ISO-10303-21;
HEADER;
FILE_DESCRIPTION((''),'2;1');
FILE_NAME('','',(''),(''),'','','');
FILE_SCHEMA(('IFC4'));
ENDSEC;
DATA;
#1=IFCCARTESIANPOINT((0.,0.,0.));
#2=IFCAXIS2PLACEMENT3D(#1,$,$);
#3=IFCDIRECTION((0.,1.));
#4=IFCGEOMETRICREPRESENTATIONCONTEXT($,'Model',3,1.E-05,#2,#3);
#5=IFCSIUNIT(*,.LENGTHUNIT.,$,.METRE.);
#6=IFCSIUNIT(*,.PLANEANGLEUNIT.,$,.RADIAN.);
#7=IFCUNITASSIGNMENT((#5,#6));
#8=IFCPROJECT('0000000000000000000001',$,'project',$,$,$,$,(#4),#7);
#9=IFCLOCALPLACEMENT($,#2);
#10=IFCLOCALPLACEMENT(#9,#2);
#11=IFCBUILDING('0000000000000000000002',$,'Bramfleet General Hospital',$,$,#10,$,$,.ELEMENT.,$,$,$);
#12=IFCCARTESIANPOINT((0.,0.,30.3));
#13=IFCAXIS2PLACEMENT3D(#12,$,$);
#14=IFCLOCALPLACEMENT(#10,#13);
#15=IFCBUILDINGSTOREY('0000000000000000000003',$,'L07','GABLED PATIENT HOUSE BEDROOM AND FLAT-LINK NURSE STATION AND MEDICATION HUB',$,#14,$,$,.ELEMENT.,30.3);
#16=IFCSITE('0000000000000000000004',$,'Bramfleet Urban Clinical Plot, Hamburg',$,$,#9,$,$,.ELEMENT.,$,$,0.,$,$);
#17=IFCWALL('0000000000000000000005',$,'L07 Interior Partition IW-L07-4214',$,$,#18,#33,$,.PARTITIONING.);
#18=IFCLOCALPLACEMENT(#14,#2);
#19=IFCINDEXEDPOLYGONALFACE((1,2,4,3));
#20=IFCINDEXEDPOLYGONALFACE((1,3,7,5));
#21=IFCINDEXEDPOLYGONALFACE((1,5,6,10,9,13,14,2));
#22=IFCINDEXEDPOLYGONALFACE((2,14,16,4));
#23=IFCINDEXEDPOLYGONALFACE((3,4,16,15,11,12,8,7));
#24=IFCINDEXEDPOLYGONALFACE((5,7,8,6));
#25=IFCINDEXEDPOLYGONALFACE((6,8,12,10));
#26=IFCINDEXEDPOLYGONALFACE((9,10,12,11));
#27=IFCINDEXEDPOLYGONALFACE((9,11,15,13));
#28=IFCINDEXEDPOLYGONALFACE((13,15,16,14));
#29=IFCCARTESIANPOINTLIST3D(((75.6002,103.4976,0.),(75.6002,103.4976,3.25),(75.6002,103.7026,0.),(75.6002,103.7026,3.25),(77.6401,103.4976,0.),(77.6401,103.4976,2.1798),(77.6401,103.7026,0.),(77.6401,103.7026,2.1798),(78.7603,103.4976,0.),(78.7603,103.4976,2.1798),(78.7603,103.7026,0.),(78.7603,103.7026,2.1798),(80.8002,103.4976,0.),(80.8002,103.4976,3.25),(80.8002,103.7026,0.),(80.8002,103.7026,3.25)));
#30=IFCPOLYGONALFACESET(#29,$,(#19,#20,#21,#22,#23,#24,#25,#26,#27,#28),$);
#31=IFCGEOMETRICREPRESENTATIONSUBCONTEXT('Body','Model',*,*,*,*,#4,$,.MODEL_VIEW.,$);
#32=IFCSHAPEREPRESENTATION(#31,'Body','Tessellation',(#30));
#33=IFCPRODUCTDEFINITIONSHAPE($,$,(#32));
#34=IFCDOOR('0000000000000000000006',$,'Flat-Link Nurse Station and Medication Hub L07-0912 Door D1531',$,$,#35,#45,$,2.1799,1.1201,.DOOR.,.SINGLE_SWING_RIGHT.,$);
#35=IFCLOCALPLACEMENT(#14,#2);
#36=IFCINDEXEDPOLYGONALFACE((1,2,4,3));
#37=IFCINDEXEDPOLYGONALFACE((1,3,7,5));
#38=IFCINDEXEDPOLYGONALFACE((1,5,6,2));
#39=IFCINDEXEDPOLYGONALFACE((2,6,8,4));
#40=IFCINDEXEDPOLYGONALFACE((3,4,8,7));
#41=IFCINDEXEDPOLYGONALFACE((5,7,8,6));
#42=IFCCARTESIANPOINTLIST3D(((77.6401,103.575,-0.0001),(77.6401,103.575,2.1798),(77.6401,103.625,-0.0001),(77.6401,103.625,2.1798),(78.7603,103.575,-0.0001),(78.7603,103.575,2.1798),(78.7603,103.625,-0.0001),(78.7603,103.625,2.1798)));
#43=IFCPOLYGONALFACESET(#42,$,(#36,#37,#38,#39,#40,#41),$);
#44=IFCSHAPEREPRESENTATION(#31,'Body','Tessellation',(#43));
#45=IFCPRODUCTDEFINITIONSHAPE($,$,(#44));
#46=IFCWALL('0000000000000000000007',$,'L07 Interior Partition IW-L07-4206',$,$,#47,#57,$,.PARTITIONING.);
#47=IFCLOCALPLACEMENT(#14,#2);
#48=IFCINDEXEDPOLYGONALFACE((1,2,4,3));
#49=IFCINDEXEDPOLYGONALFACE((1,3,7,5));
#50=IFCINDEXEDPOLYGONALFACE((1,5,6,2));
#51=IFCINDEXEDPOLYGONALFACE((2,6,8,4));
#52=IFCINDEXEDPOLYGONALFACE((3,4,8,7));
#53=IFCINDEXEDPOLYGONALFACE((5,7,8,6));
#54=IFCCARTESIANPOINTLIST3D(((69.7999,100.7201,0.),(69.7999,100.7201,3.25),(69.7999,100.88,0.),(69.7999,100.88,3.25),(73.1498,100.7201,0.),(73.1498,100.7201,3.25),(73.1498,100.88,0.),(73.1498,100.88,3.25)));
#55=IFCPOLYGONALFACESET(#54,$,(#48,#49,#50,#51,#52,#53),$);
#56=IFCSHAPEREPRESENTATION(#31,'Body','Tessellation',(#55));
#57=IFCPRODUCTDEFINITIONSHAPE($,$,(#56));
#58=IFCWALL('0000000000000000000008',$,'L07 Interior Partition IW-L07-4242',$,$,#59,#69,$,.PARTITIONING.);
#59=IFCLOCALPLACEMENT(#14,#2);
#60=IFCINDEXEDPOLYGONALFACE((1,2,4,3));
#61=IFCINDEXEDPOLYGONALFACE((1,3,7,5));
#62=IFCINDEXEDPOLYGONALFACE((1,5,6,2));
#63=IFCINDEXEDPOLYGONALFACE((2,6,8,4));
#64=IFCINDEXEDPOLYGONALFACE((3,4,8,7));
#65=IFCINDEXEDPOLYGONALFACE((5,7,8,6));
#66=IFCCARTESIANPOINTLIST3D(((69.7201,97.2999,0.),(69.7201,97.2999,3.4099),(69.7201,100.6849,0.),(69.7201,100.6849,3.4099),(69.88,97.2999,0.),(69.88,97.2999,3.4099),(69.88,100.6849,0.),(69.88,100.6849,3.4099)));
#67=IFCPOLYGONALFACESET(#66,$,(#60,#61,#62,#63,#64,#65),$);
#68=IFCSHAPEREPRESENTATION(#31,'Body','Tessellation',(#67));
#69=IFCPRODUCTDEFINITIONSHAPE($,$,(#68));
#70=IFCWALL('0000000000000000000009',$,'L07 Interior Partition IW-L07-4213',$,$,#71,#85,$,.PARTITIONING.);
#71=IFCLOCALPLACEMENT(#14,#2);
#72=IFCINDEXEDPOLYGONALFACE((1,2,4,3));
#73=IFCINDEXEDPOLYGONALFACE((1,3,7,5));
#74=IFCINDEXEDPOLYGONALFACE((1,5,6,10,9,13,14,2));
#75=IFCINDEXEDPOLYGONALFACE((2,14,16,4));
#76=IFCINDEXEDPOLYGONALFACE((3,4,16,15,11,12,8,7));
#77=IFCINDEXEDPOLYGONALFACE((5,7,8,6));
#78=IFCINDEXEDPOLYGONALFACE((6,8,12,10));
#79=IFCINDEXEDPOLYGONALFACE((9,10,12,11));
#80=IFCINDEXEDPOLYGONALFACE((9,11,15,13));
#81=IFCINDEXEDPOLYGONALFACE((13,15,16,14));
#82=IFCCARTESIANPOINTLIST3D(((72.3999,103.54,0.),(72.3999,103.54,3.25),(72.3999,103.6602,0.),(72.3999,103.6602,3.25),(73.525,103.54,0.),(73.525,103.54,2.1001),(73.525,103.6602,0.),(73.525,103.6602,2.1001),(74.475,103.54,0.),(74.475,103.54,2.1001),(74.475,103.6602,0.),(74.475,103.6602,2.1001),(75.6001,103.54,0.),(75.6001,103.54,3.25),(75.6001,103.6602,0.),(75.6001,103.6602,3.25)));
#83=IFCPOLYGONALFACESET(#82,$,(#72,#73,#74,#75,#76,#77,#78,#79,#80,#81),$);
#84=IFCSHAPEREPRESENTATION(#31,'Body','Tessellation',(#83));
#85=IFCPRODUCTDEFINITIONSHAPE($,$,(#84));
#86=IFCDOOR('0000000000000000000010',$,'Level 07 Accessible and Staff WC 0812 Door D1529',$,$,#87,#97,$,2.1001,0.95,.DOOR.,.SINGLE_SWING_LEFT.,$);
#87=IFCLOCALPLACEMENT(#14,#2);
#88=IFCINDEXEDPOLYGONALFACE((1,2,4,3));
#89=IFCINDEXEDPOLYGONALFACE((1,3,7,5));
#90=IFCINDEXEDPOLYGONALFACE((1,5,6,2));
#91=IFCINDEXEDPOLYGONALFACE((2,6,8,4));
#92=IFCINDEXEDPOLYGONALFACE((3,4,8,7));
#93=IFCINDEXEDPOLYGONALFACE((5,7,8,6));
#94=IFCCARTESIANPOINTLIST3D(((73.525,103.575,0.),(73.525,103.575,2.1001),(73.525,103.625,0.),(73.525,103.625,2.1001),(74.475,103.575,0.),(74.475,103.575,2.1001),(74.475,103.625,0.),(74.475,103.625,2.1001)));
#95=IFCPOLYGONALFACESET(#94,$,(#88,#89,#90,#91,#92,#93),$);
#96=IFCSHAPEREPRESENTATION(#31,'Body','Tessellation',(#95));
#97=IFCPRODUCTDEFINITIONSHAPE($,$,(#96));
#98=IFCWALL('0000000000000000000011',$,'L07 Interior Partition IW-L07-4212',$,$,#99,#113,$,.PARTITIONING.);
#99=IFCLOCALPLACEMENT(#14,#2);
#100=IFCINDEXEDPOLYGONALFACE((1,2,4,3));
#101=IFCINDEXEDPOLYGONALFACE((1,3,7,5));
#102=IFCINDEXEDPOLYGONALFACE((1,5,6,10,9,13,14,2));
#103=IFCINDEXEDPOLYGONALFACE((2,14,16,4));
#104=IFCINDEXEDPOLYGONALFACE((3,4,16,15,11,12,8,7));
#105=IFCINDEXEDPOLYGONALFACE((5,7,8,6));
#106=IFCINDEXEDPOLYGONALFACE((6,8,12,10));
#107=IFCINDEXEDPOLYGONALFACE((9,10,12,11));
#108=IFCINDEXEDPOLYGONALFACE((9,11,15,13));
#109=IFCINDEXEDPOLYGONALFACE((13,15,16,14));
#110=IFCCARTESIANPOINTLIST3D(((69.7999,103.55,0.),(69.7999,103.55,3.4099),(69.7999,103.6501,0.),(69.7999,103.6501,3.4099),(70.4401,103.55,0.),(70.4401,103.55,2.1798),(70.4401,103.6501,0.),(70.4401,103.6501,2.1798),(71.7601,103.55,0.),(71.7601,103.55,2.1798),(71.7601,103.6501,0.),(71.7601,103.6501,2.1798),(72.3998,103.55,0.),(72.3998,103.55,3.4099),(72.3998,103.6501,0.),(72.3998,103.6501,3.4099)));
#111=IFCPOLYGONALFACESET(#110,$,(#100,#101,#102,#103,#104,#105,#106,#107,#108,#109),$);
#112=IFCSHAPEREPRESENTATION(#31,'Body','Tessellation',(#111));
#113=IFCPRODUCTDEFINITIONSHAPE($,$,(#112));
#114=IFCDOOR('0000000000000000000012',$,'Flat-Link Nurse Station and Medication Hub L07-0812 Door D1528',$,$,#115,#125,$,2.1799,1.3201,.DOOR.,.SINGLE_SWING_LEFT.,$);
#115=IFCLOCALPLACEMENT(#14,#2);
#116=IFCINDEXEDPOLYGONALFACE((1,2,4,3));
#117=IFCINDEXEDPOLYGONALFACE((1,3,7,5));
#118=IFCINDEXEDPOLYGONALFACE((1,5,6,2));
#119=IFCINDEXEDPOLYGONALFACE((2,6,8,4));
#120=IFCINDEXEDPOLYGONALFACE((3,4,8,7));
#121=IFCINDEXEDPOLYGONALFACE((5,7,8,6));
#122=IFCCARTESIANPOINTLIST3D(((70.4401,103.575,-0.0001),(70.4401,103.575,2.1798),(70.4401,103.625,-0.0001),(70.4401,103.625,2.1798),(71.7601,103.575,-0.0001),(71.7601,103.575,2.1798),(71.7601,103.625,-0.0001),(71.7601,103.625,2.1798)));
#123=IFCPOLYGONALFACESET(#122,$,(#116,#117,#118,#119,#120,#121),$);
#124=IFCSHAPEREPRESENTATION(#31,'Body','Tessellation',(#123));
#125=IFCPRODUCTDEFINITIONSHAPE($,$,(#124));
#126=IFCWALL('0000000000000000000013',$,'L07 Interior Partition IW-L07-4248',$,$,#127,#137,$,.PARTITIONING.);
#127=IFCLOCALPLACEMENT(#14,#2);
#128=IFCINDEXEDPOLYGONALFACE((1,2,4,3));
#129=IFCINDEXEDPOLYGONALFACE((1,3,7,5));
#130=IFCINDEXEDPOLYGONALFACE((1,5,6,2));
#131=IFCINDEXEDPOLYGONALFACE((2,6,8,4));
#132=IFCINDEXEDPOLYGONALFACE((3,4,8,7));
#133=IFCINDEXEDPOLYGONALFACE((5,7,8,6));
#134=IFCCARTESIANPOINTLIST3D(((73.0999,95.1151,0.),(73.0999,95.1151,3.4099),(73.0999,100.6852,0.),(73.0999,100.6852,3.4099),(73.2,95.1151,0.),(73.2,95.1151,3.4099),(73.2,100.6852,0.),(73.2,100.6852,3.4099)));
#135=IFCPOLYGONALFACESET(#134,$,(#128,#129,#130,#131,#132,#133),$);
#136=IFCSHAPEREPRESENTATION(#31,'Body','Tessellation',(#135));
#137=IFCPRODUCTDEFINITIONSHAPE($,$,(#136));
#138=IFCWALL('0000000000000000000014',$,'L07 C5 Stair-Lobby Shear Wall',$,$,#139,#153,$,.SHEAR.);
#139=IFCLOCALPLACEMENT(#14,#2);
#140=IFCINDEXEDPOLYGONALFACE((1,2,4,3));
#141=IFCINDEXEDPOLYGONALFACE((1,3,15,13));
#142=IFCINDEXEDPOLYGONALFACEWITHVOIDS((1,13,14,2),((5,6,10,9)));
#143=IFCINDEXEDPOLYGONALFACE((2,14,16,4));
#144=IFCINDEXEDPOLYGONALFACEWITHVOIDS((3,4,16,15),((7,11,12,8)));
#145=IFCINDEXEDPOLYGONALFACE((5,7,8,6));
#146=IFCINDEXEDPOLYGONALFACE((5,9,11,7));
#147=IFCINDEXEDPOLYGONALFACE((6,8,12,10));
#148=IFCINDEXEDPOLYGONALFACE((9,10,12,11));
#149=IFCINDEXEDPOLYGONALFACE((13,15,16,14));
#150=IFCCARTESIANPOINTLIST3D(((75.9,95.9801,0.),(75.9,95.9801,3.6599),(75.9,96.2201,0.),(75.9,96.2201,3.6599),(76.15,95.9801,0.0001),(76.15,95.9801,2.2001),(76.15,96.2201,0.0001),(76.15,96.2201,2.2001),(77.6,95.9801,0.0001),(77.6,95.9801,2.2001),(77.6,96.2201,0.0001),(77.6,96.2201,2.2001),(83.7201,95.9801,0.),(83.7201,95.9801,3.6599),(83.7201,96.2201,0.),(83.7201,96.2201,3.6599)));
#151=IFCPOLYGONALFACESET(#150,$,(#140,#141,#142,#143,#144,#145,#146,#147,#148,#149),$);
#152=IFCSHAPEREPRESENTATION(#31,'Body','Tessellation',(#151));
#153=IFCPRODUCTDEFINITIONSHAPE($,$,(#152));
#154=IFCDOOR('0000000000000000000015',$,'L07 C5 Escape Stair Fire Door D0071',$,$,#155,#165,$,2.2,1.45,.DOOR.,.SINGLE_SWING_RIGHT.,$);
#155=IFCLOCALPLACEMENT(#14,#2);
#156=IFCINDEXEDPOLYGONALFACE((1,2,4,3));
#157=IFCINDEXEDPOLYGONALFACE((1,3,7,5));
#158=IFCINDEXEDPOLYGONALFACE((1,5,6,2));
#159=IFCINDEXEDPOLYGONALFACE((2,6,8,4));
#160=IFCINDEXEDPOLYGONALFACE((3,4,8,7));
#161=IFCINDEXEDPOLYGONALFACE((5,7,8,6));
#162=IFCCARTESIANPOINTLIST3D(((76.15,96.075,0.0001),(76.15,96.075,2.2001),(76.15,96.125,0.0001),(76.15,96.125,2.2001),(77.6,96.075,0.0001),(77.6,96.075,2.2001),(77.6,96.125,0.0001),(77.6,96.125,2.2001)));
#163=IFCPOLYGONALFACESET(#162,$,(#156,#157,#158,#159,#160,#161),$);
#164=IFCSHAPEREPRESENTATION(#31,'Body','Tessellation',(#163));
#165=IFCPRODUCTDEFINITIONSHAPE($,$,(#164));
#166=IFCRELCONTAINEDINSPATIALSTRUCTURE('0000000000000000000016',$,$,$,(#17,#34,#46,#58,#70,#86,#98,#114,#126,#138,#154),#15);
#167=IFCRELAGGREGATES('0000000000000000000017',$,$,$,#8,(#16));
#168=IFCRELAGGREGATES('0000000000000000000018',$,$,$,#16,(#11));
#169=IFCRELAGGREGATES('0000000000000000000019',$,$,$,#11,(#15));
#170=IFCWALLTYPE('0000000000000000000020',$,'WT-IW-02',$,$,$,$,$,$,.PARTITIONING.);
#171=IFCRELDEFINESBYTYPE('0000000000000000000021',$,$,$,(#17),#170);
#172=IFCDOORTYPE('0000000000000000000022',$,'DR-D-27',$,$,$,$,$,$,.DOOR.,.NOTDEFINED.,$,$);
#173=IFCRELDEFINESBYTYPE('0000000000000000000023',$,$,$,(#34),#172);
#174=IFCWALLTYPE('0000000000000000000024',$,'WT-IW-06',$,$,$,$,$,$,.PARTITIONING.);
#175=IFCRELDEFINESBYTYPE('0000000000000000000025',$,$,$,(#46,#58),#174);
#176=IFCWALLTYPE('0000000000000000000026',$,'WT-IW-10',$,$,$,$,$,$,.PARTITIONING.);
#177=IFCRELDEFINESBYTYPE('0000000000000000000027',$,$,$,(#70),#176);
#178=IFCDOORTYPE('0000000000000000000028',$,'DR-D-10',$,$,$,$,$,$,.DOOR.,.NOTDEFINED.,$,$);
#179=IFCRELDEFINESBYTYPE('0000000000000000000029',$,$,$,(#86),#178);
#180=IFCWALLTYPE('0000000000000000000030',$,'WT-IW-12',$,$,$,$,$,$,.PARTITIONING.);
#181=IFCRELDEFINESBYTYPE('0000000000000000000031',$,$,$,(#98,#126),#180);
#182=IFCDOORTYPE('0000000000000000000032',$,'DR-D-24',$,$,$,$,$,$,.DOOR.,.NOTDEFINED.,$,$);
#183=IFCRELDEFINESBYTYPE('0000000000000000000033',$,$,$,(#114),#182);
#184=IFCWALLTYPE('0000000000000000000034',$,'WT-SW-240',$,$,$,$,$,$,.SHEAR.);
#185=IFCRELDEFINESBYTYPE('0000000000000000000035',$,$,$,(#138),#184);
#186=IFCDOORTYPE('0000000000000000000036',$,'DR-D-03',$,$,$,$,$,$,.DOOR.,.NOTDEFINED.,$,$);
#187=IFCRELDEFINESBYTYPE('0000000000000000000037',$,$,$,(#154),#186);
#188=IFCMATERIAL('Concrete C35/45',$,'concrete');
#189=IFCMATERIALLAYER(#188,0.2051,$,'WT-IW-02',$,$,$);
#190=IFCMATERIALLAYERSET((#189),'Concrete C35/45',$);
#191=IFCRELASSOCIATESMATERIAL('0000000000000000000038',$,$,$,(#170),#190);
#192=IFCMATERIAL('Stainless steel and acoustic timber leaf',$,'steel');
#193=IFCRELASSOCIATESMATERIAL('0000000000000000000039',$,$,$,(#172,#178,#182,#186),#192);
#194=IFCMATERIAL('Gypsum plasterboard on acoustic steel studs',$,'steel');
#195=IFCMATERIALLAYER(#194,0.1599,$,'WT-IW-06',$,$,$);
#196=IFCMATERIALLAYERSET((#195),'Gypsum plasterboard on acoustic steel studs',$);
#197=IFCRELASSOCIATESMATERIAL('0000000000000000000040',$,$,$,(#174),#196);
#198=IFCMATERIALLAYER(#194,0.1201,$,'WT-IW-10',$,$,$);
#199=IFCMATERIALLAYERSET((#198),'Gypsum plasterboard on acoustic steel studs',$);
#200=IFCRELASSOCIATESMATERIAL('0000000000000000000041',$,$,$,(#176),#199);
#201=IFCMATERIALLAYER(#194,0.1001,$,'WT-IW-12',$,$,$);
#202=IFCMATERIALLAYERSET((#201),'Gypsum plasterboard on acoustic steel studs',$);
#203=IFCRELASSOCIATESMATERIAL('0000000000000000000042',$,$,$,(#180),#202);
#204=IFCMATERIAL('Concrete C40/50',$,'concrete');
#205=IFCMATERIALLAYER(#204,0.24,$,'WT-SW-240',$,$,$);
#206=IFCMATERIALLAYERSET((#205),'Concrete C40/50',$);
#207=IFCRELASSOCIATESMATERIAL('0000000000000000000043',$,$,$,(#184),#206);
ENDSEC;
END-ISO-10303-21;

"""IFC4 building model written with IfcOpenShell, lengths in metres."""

from ifc_helpers import new_model, si_unit, direction, frame, frame_2d, origin, place, context, subcontext, project, spatial, rectangle, extrude, material, layer, layer_set, type_object, element, fill, save


model = new_model("IFC4")

# Units and contexts
model_context = context("Model", 3, precision=1e-05, world=origin(), true_north=direction((0.0, 1.0)))
body_context = subcontext(model_context, "Body", "Model", "MODEL_VIEW")
ifc_project = project(units=[si_unit("LENGTHUNIT", "METRE"), si_unit("PLANEANGLEUNIT", "RADIAN")], contexts=[model_context])

# Site, building, storey
site_placement = place(None, origin())
site = spatial("IfcSite", under=ifc_project, at=site_placement, Name="Bramfleet Urban Clinical Plot, Hamburg", CompositionType="ELEMENT", RefElevation=0.0)
building_placement = place(site_placement, origin())
building = spatial("IfcBuilding", under=site, at=building_placement, Name="Bramfleet General Hospital", CompositionType="ELEMENT")
storey_placement = place(building_placement, frame((0.0, 0.0, 30.3)))
storey = spatial("IfcBuildingStorey", under=building, at=storey_placement, Name="L07", Description="GABLED PATIENT HOUSE BEDROOM AND FLAT-LINK NURSE STATION AND MEDICATION HUB", CompositionType="ELEMENT", Elevation=30.3)

# Shared definitions
ifc_material_1 = material(Name="Concrete C40/50", Category="concrete")

# Shared definitions
ifc_material_2 = material(Name="Concrete C35/45", Category="concrete")
ifc_layer_1 = layer(ifc_material_2, 0.2051, Name="WT-IW-02")
ifc_layer_set_1 = layer_set([ifc_layer_1], Name="Concrete C35/45")
wall_type_1 = type_object("IfcWallType", Name="WT-IW-02", PredefinedType="PARTITIONING", material=ifc_layer_set_1)

# Wall, opening, door
ifc_material_3 = material(Name="Stainless steel and acoustic timber leaf", Category="steel")
wall_1_placement = place(storey_placement, frame((75.6001, 103.6001, 0.0), z_axis=(0.0, 0.0, 1.0), x_axis=(1.0, 0.0, 0.0)))
wall_1 = element("IfcWall", 1, at=wall_1_placement, inside=storey, type_object=wall_type_1, Name="L07 Interior Partition IW-L07-4214", PredefinedType="PARTITIONING", context=body_context, shape_type="SweptSolid", body=[
    extrude(rectangle(XDim=5.2, YDim=0.2051, at=frame_2d((2.6001, 0.0))), origin(), (0.0, 0.0, 1.0), 3.25),
])
opening_1_placement = place(wall_1_placement, frame((2.04, 0.0, 0.0)))
opening_1 = element("IfcOpeningElement", 2, at=opening_1_placement, cuts=wall_1, PredefinedType="OPENING", context=body_context, shape_type="SweptSolid", body=[
    extrude(rectangle(XDim=1.1201, YDim=2.1799, at=frame_2d((0.5601, 1.0898))), frame((0.0, 0.1125, 0.0), z_axis=(0.0, -1.0, 0.0), x_axis=(1.0, 0.0, 0.0)), (0.0, 0.0, 1.0), 0.2251),
])
door_type_1 = type_object("IfcDoorType", Name="DR-D-27", OperationType="NOTDEFINED", PredefinedType="DOOR", material=ifc_material_3)
door_1_placement = place(opening_1_placement, origin())
door_1 = element("IfcDoor", 3, at=door_1_placement, inside=storey, type_object=door_type_1, Name="Flat-Link Nurse Station and Medication Hub L07-0912 Door D1531", OperationType="SINGLE_SWING_RIGHT", OverallHeight=2.1799, OverallWidth=1.1201, PredefinedType="DOOR", context=body_context, shape_type="SweptSolid", body=[
    extrude(rectangle(XDim=1.1201, YDim=2.1799, at=frame_2d((0.5601, 1.0898))), frame((0.0, 0.0249, 0.0), z_axis=(0.0, -1.0, 0.0), x_axis=(1.0, 0.0, 0.0)), (0.0, 0.0, 1.0), 0.05),
])
fill(opening_1, door_1)

# Walls
ifc_material_4 = material(Name="Gypsum plasterboard on acoustic steel studs", Category="steel")
ifc_layer_2 = layer(ifc_material_4, 0.1599, Name="WT-IW-06")
ifc_layer_set_2 = layer_set([ifc_layer_2], Name="Gypsum plasterboard on acoustic steel studs")
wall_type_2 = type_object("IfcWallType", Name="WT-IW-06", PredefinedType="PARTITIONING", material=ifc_layer_set_2)
wall_2_placement = place(storey_placement, frame((69.8, 100.8, 0.0), z_axis=(0.0, 0.0, 1.0), x_axis=(1.0, 0.0, 0.0)))
element("IfcWall", 4, at=wall_2_placement, inside=storey, type_object=wall_type_2, Name="L07 Interior Partition IW-L07-4206", PredefinedType="PARTITIONING", context=body_context, shape_type="SweptSolid", body=[
    extrude(rectangle(XDim=3.3499, YDim=0.1599, at=frame_2d((1.6748, 0.0))), origin(), (0.0, 0.0, 1.0), 3.25),
])
wall_3_placement = place(storey_placement, frame((69.8, 97.3, 0.0), z_axis=(0.0, 0.0, 1.0), x_axis=(0.0, 1.0, 0.0)))
element("IfcWall", 5, at=wall_3_placement, inside=storey, type_object=wall_type_2, Name="L07 Interior Partition IW-L07-4242", PredefinedType="PARTITIONING", context=body_context, shape_type="SweptSolid", body=[
    extrude(rectangle(XDim=3.385, YDim=0.1599, at=frame_2d((1.6924, 0.0))), origin(), (0.0, 0.0, 1.0), 3.4099),
])

# Walls, openings, doors
ifc_layer_3 = layer(ifc_material_4, 0.1201, Name="WT-IW-10")
ifc_layer_set_3 = layer_set([ifc_layer_3], Name="Gypsum plasterboard on acoustic steel studs")
wall_type_3 = type_object("IfcWallType", Name="WT-IW-10", PredefinedType="PARTITIONING", material=ifc_layer_set_3)
wall_4_placement = place(storey_placement, frame((72.3999, 103.6001, 0.0), z_axis=(0.0, 0.0, 1.0), x_axis=(1.0, 0.0, 0.0)))
wall_4 = element("IfcWall", 6, at=wall_4_placement, inside=storey, type_object=wall_type_3, Name="L07 Interior Partition IW-L07-4213", PredefinedType="PARTITIONING", context=body_context, shape_type="SweptSolid", body=[
    extrude(rectangle(XDim=3.2002, YDim=0.1201, at=frame_2d((1.6001, 0.0))), origin(), (0.0, 0.0, 1.0), 3.25),
])
opening_2_placement = place(wall_4_placement, frame((1.125, 0.0, 0.0)))
opening_2 = element("IfcOpeningElement", 7, at=opening_2_placement, cuts=wall_4, PredefinedType="OPENING", context=body_context, shape_type="SweptSolid", body=[
    extrude(rectangle(XDim=0.95, YDim=2.1001, at=frame_2d((0.4751, 1.05))), frame((0.0, 0.0701, 0.0), z_axis=(0.0, -1.0, 0.0), x_axis=(1.0, 0.0, 0.0)), (0.0, 0.0, 1.0), 0.1401),
])
door_type_2 = type_object("IfcDoorType", Name="DR-D-10", OperationType="NOTDEFINED", PredefinedType="DOOR", material=ifc_material_3)
door_2_placement = place(opening_2_placement, origin())
door_2 = element("IfcDoor", 8, at=door_2_placement, inside=storey, type_object=door_type_2, Name="Level 07 Accessible and Staff WC 0812 Door D1529", OperationType="SINGLE_SWING_LEFT", OverallHeight=2.1001, OverallWidth=0.95, PredefinedType="DOOR", context=body_context, shape_type="SweptSolid", body=[
    extrude(rectangle(XDim=0.95, YDim=2.1001, at=frame_2d((0.4751, 1.05))), frame((0.0, 0.0249, 0.0), z_axis=(0.0, -1.0, 0.0), x_axis=(1.0, 0.0, 0.0)), (0.0, 0.0, 1.0), 0.05),
])
fill(opening_2, door_2)
ifc_layer_4 = layer(ifc_material_4, 0.1001, Name="WT-IW-12")
ifc_layer_set_4 = layer_set([ifc_layer_4], Name="Gypsum plasterboard on acoustic steel studs")
wall_type_4 = type_object("IfcWallType", Name="WT-IW-12", PredefinedType="PARTITIONING", material=ifc_layer_set_4)
wall_5_placement = place(storey_placement, frame((69.8, 103.6001, 0.0), z_axis=(0.0, 0.0, 1.0), x_axis=(1.0, 0.0, 0.0)))
wall_5 = element("IfcWall", 9, at=wall_5_placement, inside=storey, type_object=wall_type_4, Name="L07 Interior Partition IW-L07-4212", PredefinedType="PARTITIONING", context=body_context, shape_type="SweptSolid", body=[
    extrude(rectangle(XDim=2.5999, YDim=0.1001, at=frame_2d((1.2998, 0.0))), origin(), (0.0, 0.0, 1.0), 3.4099),
])
opening_3_placement = place(wall_5_placement, frame((0.6399, 0.0, 0.0)))
opening_3 = element("IfcOpeningElement", 10, at=opening_3_placement, cuts=wall_5, PredefinedType="OPENING", context=body_context, shape_type="SweptSolid", body=[
    extrude(rectangle(XDim=1.3201, YDim=2.1799, at=frame_2d((0.6602, 1.0898))), frame((0.0, 0.0601, 0.0), z_axis=(0.0, -1.0, 0.0), x_axis=(1.0, 0.0, 0.0)), (0.0, 0.0, 1.0), 0.1201),
])
door_type_3 = type_object("IfcDoorType", Name="DR-D-24", OperationType="NOTDEFINED", PredefinedType="DOOR", material=ifc_material_3)
door_3_placement = place(opening_3_placement, origin())
door_3 = element("IfcDoor", 11, at=door_3_placement, inside=storey, type_object=door_type_3, Name="Flat-Link Nurse Station and Medication Hub L07-0812 Door D1528", OperationType="SINGLE_SWING_LEFT", OverallHeight=2.1799, OverallWidth=1.3201, PredefinedType="DOOR", context=body_context, shape_type="SweptSolid", body=[
    extrude(rectangle(XDim=1.3201, YDim=2.1799, at=frame_2d((0.6602, 1.0898))), frame((0.0, 0.0249, 0.0), z_axis=(0.0, -1.0, 0.0), x_axis=(1.0, 0.0, 0.0)), (0.0, 0.0, 1.0), 0.05),
])
fill(opening_3, door_3)

# Wall
wall_6_placement = place(storey_placement, frame((73.1499, 95.115, 0.0), z_axis=(0.0, 0.0, 1.0), x_axis=(0.0, 1.0, 0.0)))
element("IfcWall", 12, at=wall_6_placement, inside=storey, type_object=wall_type_4, Name="L07 Interior Partition IW-L07-4248", PredefinedType="PARTITIONING", context=body_context, shape_type="SweptSolid", body=[
    extrude(rectangle(XDim=5.5701, YDim=0.1001, at=frame_2d((2.7852, 0.0))), origin(), (0.0, 0.0, 1.0), 3.4099),
])

# Wall, opening, door
ifc_layer_5 = layer(ifc_material_1, 0.24, Name="WT-SW-240")
ifc_layer_set_5 = layer_set([ifc_layer_5], Name="Concrete C40/50")
wall_type_5 = type_object("IfcWallType", Name="WT-SW-240", PredefinedType="SHEAR", material=ifc_layer_set_5)
wall_7_placement = place(storey_placement, frame((75.8999, 96.1001, 0.0), z_axis=(0.0, 0.0, 1.0), x_axis=(1.0, 0.0, 0.0)))
wall_7 = element("IfcWall", 13, at=wall_7_placement, inside=storey, type_object=wall_type_5, Name="L07 C5 Stair-Lobby Shear Wall", PredefinedType="SHEAR", context=body_context, shape_type="SweptSolid", body=[
    extrude(rectangle(XDim=7.8201, YDim=0.24, at=frame_2d((3.9102, 0.0))), origin(), (0.0, 0.0, 1.0), 3.6599),
])
opening_4_placement = place(wall_7_placement, frame((0.25, 0.0, 0.0)))
opening_4 = element("IfcOpeningElement", 14, at=opening_4_placement, cuts=wall_7, PredefinedType="OPENING", context=body_context, shape_type="SweptSolid", body=[
    extrude(rectangle(XDim=1.45, YDim=2.2, at=frame_2d((0.7251, 1.1001))), frame((0.0, 0.1299, 0.0), z_axis=(0.0, -1.0, 0.0), x_axis=(1.0, 0.0, 0.0)), (0.0, 0.0, 1.0), 0.26),
])
door_type_4 = type_object("IfcDoorType", Name="DR-D-03", OperationType="NOTDEFINED", PredefinedType="DOOR", material=ifc_material_3)
door_4_placement = place(opening_4_placement, origin())
door_4 = element("IfcDoor", 15, at=door_4_placement, inside=storey, type_object=door_type_4, Name="L07 C5 Escape Stair Fire Door D0071", OperationType="SINGLE_SWING_RIGHT", OverallHeight=2.2, OverallWidth=1.45, PredefinedType="DOOR", context=body_context, shape_type="SweptSolid", body=[
    extrude(rectangle(XDim=1.45, YDim=2.2, at=frame_2d((0.7251, 1.1001))), frame((0.0, 0.0249, 0.0), z_axis=(0.0, -1.0, 0.0), x_axis=(1.0, 0.0, 0.0)), (0.0, 0.0, 1.0), 0.05),
])
fill(opening_4, door_4)

save(model, "model.ifc")
